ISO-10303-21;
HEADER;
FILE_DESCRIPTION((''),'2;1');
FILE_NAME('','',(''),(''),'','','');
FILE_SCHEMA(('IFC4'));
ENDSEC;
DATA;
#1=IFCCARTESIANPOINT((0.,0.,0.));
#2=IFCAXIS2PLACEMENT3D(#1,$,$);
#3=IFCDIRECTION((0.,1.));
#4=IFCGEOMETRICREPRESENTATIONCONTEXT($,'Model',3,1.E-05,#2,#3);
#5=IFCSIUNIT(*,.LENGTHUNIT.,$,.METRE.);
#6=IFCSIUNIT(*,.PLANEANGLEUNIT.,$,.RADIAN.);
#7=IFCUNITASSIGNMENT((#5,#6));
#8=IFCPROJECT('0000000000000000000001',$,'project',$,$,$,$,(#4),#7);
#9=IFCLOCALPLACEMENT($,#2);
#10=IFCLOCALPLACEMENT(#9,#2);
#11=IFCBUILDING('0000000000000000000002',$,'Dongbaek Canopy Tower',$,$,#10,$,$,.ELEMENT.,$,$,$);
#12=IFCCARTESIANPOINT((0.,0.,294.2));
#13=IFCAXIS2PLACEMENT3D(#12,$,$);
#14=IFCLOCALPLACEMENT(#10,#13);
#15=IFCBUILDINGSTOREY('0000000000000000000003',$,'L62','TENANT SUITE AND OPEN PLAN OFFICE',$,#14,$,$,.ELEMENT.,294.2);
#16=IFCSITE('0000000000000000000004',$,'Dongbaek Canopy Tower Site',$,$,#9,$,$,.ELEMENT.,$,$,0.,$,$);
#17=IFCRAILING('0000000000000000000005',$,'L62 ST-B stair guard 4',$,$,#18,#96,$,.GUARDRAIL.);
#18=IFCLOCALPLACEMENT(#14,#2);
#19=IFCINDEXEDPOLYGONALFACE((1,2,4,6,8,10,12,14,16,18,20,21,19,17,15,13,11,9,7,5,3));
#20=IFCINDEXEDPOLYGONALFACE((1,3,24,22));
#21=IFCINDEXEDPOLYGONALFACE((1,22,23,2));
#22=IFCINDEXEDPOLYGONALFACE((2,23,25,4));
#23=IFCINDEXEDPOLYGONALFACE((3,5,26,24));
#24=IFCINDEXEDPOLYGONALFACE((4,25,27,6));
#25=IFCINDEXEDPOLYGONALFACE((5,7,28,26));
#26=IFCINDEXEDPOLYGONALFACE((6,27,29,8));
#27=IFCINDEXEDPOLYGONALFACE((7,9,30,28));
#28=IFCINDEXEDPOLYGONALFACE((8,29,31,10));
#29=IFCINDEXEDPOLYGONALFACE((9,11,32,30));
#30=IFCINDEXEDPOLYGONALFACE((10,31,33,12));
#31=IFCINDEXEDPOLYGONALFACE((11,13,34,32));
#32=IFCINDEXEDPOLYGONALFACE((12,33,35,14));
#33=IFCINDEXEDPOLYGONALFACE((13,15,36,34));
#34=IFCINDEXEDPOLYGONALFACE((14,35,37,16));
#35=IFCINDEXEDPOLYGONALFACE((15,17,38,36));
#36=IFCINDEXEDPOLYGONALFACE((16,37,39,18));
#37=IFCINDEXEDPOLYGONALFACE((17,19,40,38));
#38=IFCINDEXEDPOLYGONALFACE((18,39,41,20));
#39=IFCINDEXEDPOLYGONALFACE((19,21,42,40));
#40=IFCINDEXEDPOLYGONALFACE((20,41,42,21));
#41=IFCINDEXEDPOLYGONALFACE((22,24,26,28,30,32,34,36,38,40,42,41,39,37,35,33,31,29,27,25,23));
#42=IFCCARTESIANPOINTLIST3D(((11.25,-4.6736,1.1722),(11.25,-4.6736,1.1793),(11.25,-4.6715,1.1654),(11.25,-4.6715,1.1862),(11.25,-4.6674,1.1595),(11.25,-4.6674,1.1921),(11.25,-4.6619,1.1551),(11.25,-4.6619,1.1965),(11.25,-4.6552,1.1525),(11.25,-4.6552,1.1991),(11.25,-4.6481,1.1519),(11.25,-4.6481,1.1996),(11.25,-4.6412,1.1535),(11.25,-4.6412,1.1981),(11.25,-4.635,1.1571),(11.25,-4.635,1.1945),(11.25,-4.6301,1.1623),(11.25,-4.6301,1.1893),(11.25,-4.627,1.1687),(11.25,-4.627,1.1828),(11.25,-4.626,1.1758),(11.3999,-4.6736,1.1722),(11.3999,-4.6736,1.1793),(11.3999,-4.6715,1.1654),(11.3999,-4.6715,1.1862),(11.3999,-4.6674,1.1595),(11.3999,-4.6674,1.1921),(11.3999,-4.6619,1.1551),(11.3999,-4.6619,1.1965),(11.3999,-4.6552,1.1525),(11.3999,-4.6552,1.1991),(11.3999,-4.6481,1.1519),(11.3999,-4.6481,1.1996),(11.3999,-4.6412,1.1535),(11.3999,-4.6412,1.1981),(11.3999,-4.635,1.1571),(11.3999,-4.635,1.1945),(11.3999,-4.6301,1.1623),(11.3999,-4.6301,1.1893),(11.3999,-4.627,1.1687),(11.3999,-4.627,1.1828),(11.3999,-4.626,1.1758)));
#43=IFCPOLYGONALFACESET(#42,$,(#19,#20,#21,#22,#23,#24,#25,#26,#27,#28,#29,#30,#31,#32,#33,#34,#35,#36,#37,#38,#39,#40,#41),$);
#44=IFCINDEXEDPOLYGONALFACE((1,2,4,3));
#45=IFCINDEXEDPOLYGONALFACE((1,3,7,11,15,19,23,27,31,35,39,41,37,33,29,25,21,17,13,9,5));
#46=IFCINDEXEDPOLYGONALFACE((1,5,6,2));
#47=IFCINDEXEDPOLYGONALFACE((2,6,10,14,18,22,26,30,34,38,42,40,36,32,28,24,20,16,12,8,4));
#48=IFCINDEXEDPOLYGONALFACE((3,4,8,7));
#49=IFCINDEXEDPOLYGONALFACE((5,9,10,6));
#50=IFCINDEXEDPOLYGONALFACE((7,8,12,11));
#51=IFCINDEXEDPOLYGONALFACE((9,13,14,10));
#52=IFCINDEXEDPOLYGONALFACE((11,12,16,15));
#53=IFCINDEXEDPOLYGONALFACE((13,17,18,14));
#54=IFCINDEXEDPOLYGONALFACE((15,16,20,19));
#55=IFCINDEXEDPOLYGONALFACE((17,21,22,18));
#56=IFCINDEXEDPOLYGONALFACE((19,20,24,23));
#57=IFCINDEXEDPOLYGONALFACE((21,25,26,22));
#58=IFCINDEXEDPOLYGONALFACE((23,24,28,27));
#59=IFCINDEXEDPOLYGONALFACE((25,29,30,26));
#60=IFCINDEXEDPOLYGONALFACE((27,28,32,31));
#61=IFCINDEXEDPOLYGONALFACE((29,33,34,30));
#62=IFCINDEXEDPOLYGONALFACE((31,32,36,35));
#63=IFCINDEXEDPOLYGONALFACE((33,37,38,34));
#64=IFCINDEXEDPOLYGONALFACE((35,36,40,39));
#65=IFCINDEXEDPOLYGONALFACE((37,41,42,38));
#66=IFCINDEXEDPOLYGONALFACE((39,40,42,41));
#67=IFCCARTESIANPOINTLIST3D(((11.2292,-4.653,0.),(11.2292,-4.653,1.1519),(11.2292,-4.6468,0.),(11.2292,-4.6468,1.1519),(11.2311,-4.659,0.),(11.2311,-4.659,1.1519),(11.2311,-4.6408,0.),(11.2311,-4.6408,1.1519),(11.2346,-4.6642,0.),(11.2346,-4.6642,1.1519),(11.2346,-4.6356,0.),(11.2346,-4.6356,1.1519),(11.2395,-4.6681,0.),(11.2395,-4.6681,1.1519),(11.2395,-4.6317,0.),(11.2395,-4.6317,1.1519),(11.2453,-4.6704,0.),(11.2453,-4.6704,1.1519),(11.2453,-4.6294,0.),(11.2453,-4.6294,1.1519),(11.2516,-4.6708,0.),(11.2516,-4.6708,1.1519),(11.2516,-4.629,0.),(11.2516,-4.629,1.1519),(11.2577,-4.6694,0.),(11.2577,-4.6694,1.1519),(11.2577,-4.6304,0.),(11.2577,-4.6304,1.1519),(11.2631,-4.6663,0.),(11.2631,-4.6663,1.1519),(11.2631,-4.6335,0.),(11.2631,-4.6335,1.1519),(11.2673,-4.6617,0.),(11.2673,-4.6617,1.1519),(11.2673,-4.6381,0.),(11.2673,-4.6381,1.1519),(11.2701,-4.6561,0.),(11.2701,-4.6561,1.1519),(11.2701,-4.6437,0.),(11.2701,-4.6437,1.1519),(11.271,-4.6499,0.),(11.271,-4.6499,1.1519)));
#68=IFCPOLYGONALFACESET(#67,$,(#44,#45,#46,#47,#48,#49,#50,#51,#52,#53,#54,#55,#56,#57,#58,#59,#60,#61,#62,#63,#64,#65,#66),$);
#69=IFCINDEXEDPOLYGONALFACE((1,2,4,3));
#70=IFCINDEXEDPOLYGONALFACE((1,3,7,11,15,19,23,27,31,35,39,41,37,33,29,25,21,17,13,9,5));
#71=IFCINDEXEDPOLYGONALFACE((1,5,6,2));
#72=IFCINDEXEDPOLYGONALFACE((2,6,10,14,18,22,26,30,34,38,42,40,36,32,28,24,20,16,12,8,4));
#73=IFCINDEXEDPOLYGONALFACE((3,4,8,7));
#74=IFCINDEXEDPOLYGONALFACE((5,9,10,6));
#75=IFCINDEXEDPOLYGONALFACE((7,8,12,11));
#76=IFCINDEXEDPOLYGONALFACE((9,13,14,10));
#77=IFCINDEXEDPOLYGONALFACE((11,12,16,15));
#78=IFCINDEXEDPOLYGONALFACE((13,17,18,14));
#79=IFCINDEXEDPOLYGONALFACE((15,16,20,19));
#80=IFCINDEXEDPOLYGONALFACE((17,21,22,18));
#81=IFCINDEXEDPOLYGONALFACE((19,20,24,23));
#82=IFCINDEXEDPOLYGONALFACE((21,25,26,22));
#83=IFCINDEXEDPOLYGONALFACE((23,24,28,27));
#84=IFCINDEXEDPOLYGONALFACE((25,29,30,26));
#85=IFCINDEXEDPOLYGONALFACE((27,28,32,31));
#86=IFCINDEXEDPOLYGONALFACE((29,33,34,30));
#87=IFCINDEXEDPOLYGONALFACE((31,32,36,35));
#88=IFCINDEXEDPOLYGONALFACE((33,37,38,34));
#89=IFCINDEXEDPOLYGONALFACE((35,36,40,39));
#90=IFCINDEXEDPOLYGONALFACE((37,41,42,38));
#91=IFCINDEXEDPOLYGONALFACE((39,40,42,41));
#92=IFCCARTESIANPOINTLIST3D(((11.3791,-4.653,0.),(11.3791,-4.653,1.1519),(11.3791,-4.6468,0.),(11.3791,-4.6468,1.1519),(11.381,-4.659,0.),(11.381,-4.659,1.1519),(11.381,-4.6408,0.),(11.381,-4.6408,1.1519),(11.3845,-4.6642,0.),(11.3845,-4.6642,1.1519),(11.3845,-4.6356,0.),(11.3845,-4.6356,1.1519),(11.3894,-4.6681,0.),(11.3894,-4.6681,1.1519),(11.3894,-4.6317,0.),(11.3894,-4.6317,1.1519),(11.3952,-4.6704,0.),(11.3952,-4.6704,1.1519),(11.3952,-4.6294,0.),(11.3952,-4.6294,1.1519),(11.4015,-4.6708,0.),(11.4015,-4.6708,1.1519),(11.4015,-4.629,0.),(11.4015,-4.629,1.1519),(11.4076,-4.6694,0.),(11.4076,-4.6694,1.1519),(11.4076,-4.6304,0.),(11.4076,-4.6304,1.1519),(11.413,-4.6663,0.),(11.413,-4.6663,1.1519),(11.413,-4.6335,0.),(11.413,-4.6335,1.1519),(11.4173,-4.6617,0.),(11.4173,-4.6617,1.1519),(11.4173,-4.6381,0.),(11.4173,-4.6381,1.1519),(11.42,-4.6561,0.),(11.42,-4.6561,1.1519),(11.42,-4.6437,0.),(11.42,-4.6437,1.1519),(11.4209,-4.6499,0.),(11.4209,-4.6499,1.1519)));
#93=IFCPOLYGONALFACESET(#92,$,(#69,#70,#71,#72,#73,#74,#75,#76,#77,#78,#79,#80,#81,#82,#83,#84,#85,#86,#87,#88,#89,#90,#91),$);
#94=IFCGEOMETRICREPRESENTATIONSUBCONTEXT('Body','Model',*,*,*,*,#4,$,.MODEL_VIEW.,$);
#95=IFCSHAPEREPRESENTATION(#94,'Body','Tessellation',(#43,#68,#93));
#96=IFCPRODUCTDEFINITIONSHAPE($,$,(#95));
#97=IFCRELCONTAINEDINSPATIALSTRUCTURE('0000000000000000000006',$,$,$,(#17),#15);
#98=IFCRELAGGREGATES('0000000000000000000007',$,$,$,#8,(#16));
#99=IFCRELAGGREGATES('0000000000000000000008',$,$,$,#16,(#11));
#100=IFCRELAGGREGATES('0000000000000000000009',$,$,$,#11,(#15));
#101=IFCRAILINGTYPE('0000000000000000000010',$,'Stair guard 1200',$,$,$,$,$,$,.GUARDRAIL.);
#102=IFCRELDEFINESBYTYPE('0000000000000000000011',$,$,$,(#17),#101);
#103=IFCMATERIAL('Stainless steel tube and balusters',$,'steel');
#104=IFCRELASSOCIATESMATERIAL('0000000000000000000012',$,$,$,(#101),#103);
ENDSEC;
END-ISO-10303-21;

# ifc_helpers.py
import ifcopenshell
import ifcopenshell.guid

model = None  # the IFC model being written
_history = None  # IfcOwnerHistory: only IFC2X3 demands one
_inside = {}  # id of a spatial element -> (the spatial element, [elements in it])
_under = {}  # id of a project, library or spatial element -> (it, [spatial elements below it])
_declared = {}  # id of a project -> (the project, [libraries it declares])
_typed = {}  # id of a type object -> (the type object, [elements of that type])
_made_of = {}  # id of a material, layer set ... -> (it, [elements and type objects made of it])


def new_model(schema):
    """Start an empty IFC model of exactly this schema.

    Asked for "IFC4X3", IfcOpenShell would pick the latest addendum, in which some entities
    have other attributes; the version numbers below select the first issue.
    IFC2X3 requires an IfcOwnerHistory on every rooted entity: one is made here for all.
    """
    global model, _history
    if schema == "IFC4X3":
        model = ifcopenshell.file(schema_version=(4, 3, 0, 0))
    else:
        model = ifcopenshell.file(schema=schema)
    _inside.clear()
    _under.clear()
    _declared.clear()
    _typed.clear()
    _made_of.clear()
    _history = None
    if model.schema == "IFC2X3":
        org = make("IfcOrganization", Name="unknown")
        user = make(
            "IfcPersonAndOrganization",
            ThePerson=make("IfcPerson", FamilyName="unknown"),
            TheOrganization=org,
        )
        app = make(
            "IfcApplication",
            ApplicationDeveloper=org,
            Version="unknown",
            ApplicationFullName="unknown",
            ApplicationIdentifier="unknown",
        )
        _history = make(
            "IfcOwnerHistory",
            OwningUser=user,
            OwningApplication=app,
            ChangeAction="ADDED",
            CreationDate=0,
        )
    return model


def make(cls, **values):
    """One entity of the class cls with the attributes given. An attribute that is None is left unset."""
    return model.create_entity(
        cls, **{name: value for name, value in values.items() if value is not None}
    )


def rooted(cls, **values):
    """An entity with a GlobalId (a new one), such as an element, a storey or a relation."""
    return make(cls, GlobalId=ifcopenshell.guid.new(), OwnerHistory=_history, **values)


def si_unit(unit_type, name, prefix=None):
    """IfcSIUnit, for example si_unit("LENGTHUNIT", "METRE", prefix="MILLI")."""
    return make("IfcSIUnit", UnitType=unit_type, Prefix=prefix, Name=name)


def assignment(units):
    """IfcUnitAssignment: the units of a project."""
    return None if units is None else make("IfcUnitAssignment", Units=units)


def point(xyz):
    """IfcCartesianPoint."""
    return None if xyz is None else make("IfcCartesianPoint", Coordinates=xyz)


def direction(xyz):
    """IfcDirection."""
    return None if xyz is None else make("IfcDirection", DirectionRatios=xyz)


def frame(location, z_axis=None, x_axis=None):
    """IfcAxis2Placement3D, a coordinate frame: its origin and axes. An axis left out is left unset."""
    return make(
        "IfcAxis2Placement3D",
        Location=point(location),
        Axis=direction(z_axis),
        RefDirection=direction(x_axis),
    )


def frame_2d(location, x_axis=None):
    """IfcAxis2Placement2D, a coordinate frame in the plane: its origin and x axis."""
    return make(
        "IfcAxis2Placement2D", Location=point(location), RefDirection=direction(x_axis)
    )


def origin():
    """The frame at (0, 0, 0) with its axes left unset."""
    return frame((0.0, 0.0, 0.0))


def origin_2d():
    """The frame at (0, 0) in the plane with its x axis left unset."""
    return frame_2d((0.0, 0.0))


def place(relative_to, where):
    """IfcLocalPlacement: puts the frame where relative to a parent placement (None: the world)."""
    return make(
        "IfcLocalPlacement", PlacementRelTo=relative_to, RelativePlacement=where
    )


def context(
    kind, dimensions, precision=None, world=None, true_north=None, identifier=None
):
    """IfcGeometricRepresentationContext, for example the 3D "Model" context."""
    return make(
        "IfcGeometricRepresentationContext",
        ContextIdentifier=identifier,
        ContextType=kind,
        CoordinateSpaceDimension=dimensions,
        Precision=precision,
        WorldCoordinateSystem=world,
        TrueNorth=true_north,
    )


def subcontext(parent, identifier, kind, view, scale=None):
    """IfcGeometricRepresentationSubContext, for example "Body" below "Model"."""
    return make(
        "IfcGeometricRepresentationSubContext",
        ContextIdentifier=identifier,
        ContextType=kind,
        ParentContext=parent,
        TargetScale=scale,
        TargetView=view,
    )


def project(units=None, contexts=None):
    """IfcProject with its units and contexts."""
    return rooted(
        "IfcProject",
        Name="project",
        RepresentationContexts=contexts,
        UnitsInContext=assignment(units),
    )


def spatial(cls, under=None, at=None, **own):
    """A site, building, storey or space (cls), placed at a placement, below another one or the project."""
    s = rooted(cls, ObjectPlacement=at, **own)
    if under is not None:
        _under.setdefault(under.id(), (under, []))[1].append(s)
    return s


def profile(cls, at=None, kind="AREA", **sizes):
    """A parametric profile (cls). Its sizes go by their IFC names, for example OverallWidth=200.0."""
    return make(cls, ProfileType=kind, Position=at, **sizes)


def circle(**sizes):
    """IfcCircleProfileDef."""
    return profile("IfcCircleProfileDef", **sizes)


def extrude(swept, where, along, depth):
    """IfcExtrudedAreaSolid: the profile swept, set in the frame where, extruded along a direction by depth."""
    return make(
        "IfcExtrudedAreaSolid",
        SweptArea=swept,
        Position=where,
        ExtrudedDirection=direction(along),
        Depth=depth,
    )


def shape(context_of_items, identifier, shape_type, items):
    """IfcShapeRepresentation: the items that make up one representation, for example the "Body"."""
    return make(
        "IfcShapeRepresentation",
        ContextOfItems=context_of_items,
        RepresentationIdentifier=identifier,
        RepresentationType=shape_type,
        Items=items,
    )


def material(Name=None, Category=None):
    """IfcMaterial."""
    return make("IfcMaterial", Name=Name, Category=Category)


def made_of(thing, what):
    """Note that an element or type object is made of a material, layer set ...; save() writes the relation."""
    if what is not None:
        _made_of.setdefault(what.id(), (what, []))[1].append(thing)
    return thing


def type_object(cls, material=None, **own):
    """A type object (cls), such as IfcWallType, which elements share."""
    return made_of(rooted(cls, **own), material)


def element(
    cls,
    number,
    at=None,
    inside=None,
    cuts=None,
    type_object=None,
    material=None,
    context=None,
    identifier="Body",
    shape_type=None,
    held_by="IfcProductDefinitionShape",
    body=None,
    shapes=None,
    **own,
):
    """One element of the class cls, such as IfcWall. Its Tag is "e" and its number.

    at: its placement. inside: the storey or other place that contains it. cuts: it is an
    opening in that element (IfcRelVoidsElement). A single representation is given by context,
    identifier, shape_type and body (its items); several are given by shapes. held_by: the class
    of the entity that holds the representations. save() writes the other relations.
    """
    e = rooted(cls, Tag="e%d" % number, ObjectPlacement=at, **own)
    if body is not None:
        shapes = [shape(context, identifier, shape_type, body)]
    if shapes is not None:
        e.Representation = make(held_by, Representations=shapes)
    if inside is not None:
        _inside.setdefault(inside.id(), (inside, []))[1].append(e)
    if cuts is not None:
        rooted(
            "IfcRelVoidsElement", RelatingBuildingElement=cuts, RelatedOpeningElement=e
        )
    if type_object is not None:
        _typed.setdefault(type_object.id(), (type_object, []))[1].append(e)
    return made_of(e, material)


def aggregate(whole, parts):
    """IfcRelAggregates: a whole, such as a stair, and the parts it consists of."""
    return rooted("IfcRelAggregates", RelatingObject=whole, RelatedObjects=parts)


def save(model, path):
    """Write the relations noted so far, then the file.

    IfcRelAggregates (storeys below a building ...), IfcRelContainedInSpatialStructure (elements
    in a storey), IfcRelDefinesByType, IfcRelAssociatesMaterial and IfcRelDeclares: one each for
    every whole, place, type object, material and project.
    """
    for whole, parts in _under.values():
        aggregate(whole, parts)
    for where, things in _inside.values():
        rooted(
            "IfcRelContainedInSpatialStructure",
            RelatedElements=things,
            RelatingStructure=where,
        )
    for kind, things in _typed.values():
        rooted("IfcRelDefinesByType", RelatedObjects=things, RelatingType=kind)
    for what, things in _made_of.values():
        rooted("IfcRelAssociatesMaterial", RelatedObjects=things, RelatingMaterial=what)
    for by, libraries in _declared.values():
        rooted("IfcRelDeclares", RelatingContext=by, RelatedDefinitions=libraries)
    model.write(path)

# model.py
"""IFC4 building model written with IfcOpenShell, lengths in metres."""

from ifc_helpers import new_model, si_unit, direction, frame, origin, origin_2d, place, context, subcontext, project, spatial, circle, extrude, material, type_object, element, save


model = new_model("IFC4")

# Units and contexts
model_context = context("Model", 3, precision=1e-05, world=origin(), true_north=direction((0.0, 1.0)))
body_context = subcontext(model_context, "Body", "Model", "MODEL_VIEW")
ifc_project = project(units=[si_unit("LENGTHUNIT", "METRE"), si_unit("PLANEANGLEUNIT", "RADIAN")], contexts=[model_context])

# Site, building, storey
site_placement = place(None, origin())
site = spatial("IfcSite", under=ifc_project, at=site_placement, Name="Dongbaek Canopy Tower Site", CompositionType="ELEMENT", RefElevation=0.0)
building_placement = place(site_placement, origin())
building = spatial("IfcBuilding", under=site, at=building_placement, Name="Dongbaek Canopy Tower", CompositionType="ELEMENT")
storey_placement = place(building_placement, frame((0.0, 0.0, 294.2)))
storey = spatial("IfcBuildingStorey", under=building, at=storey_placement, Name="L62", Description="TENANT SUITE AND OPEN PLAN OFFICE", CompositionType="ELEMENT", Elevation=294.2)

# Railing
ifc_material_1 = material(Name="Stainless steel tube and balusters", Category="steel")
railing_type_1 = type_object("IfcRailingType", Name="Stair guard 1200", PredefinedType="GUARDRAIL", material=ifc_material_1)
railing_1_placement = place(storey_placement, frame((11.25, -4.6499, 0.0)))
element("IfcRailing", 1, at=railing_1_placement, inside=storey, type_object=railing_type_1, Name="L62 ST-B stair guard 4", PredefinedType="GUARDRAIL", context=body_context, shape_type="SweptSolid", body=[
    extrude(circle(Radius=0.0239, at=origin_2d()), frame((0.0, 0.0, 1.1758), z_axis=(1.0, 0.0, 0.0), x_axis=(0.0, 1.0, 0.0)), (0.0, 0.0, 1.0), 0.1499),
    extrude(circle(Radius=0.021, at=origin_2d()), origin(), (0.0, 0.0, 1.0), 1.1519),
    extrude(circle(Radius=0.021, at=origin_2d()), frame((0.1499, 0.0, 0.0)), (0.0, 0.0, 1.0), 1.1519),
])

save(model, "model.ifc")
